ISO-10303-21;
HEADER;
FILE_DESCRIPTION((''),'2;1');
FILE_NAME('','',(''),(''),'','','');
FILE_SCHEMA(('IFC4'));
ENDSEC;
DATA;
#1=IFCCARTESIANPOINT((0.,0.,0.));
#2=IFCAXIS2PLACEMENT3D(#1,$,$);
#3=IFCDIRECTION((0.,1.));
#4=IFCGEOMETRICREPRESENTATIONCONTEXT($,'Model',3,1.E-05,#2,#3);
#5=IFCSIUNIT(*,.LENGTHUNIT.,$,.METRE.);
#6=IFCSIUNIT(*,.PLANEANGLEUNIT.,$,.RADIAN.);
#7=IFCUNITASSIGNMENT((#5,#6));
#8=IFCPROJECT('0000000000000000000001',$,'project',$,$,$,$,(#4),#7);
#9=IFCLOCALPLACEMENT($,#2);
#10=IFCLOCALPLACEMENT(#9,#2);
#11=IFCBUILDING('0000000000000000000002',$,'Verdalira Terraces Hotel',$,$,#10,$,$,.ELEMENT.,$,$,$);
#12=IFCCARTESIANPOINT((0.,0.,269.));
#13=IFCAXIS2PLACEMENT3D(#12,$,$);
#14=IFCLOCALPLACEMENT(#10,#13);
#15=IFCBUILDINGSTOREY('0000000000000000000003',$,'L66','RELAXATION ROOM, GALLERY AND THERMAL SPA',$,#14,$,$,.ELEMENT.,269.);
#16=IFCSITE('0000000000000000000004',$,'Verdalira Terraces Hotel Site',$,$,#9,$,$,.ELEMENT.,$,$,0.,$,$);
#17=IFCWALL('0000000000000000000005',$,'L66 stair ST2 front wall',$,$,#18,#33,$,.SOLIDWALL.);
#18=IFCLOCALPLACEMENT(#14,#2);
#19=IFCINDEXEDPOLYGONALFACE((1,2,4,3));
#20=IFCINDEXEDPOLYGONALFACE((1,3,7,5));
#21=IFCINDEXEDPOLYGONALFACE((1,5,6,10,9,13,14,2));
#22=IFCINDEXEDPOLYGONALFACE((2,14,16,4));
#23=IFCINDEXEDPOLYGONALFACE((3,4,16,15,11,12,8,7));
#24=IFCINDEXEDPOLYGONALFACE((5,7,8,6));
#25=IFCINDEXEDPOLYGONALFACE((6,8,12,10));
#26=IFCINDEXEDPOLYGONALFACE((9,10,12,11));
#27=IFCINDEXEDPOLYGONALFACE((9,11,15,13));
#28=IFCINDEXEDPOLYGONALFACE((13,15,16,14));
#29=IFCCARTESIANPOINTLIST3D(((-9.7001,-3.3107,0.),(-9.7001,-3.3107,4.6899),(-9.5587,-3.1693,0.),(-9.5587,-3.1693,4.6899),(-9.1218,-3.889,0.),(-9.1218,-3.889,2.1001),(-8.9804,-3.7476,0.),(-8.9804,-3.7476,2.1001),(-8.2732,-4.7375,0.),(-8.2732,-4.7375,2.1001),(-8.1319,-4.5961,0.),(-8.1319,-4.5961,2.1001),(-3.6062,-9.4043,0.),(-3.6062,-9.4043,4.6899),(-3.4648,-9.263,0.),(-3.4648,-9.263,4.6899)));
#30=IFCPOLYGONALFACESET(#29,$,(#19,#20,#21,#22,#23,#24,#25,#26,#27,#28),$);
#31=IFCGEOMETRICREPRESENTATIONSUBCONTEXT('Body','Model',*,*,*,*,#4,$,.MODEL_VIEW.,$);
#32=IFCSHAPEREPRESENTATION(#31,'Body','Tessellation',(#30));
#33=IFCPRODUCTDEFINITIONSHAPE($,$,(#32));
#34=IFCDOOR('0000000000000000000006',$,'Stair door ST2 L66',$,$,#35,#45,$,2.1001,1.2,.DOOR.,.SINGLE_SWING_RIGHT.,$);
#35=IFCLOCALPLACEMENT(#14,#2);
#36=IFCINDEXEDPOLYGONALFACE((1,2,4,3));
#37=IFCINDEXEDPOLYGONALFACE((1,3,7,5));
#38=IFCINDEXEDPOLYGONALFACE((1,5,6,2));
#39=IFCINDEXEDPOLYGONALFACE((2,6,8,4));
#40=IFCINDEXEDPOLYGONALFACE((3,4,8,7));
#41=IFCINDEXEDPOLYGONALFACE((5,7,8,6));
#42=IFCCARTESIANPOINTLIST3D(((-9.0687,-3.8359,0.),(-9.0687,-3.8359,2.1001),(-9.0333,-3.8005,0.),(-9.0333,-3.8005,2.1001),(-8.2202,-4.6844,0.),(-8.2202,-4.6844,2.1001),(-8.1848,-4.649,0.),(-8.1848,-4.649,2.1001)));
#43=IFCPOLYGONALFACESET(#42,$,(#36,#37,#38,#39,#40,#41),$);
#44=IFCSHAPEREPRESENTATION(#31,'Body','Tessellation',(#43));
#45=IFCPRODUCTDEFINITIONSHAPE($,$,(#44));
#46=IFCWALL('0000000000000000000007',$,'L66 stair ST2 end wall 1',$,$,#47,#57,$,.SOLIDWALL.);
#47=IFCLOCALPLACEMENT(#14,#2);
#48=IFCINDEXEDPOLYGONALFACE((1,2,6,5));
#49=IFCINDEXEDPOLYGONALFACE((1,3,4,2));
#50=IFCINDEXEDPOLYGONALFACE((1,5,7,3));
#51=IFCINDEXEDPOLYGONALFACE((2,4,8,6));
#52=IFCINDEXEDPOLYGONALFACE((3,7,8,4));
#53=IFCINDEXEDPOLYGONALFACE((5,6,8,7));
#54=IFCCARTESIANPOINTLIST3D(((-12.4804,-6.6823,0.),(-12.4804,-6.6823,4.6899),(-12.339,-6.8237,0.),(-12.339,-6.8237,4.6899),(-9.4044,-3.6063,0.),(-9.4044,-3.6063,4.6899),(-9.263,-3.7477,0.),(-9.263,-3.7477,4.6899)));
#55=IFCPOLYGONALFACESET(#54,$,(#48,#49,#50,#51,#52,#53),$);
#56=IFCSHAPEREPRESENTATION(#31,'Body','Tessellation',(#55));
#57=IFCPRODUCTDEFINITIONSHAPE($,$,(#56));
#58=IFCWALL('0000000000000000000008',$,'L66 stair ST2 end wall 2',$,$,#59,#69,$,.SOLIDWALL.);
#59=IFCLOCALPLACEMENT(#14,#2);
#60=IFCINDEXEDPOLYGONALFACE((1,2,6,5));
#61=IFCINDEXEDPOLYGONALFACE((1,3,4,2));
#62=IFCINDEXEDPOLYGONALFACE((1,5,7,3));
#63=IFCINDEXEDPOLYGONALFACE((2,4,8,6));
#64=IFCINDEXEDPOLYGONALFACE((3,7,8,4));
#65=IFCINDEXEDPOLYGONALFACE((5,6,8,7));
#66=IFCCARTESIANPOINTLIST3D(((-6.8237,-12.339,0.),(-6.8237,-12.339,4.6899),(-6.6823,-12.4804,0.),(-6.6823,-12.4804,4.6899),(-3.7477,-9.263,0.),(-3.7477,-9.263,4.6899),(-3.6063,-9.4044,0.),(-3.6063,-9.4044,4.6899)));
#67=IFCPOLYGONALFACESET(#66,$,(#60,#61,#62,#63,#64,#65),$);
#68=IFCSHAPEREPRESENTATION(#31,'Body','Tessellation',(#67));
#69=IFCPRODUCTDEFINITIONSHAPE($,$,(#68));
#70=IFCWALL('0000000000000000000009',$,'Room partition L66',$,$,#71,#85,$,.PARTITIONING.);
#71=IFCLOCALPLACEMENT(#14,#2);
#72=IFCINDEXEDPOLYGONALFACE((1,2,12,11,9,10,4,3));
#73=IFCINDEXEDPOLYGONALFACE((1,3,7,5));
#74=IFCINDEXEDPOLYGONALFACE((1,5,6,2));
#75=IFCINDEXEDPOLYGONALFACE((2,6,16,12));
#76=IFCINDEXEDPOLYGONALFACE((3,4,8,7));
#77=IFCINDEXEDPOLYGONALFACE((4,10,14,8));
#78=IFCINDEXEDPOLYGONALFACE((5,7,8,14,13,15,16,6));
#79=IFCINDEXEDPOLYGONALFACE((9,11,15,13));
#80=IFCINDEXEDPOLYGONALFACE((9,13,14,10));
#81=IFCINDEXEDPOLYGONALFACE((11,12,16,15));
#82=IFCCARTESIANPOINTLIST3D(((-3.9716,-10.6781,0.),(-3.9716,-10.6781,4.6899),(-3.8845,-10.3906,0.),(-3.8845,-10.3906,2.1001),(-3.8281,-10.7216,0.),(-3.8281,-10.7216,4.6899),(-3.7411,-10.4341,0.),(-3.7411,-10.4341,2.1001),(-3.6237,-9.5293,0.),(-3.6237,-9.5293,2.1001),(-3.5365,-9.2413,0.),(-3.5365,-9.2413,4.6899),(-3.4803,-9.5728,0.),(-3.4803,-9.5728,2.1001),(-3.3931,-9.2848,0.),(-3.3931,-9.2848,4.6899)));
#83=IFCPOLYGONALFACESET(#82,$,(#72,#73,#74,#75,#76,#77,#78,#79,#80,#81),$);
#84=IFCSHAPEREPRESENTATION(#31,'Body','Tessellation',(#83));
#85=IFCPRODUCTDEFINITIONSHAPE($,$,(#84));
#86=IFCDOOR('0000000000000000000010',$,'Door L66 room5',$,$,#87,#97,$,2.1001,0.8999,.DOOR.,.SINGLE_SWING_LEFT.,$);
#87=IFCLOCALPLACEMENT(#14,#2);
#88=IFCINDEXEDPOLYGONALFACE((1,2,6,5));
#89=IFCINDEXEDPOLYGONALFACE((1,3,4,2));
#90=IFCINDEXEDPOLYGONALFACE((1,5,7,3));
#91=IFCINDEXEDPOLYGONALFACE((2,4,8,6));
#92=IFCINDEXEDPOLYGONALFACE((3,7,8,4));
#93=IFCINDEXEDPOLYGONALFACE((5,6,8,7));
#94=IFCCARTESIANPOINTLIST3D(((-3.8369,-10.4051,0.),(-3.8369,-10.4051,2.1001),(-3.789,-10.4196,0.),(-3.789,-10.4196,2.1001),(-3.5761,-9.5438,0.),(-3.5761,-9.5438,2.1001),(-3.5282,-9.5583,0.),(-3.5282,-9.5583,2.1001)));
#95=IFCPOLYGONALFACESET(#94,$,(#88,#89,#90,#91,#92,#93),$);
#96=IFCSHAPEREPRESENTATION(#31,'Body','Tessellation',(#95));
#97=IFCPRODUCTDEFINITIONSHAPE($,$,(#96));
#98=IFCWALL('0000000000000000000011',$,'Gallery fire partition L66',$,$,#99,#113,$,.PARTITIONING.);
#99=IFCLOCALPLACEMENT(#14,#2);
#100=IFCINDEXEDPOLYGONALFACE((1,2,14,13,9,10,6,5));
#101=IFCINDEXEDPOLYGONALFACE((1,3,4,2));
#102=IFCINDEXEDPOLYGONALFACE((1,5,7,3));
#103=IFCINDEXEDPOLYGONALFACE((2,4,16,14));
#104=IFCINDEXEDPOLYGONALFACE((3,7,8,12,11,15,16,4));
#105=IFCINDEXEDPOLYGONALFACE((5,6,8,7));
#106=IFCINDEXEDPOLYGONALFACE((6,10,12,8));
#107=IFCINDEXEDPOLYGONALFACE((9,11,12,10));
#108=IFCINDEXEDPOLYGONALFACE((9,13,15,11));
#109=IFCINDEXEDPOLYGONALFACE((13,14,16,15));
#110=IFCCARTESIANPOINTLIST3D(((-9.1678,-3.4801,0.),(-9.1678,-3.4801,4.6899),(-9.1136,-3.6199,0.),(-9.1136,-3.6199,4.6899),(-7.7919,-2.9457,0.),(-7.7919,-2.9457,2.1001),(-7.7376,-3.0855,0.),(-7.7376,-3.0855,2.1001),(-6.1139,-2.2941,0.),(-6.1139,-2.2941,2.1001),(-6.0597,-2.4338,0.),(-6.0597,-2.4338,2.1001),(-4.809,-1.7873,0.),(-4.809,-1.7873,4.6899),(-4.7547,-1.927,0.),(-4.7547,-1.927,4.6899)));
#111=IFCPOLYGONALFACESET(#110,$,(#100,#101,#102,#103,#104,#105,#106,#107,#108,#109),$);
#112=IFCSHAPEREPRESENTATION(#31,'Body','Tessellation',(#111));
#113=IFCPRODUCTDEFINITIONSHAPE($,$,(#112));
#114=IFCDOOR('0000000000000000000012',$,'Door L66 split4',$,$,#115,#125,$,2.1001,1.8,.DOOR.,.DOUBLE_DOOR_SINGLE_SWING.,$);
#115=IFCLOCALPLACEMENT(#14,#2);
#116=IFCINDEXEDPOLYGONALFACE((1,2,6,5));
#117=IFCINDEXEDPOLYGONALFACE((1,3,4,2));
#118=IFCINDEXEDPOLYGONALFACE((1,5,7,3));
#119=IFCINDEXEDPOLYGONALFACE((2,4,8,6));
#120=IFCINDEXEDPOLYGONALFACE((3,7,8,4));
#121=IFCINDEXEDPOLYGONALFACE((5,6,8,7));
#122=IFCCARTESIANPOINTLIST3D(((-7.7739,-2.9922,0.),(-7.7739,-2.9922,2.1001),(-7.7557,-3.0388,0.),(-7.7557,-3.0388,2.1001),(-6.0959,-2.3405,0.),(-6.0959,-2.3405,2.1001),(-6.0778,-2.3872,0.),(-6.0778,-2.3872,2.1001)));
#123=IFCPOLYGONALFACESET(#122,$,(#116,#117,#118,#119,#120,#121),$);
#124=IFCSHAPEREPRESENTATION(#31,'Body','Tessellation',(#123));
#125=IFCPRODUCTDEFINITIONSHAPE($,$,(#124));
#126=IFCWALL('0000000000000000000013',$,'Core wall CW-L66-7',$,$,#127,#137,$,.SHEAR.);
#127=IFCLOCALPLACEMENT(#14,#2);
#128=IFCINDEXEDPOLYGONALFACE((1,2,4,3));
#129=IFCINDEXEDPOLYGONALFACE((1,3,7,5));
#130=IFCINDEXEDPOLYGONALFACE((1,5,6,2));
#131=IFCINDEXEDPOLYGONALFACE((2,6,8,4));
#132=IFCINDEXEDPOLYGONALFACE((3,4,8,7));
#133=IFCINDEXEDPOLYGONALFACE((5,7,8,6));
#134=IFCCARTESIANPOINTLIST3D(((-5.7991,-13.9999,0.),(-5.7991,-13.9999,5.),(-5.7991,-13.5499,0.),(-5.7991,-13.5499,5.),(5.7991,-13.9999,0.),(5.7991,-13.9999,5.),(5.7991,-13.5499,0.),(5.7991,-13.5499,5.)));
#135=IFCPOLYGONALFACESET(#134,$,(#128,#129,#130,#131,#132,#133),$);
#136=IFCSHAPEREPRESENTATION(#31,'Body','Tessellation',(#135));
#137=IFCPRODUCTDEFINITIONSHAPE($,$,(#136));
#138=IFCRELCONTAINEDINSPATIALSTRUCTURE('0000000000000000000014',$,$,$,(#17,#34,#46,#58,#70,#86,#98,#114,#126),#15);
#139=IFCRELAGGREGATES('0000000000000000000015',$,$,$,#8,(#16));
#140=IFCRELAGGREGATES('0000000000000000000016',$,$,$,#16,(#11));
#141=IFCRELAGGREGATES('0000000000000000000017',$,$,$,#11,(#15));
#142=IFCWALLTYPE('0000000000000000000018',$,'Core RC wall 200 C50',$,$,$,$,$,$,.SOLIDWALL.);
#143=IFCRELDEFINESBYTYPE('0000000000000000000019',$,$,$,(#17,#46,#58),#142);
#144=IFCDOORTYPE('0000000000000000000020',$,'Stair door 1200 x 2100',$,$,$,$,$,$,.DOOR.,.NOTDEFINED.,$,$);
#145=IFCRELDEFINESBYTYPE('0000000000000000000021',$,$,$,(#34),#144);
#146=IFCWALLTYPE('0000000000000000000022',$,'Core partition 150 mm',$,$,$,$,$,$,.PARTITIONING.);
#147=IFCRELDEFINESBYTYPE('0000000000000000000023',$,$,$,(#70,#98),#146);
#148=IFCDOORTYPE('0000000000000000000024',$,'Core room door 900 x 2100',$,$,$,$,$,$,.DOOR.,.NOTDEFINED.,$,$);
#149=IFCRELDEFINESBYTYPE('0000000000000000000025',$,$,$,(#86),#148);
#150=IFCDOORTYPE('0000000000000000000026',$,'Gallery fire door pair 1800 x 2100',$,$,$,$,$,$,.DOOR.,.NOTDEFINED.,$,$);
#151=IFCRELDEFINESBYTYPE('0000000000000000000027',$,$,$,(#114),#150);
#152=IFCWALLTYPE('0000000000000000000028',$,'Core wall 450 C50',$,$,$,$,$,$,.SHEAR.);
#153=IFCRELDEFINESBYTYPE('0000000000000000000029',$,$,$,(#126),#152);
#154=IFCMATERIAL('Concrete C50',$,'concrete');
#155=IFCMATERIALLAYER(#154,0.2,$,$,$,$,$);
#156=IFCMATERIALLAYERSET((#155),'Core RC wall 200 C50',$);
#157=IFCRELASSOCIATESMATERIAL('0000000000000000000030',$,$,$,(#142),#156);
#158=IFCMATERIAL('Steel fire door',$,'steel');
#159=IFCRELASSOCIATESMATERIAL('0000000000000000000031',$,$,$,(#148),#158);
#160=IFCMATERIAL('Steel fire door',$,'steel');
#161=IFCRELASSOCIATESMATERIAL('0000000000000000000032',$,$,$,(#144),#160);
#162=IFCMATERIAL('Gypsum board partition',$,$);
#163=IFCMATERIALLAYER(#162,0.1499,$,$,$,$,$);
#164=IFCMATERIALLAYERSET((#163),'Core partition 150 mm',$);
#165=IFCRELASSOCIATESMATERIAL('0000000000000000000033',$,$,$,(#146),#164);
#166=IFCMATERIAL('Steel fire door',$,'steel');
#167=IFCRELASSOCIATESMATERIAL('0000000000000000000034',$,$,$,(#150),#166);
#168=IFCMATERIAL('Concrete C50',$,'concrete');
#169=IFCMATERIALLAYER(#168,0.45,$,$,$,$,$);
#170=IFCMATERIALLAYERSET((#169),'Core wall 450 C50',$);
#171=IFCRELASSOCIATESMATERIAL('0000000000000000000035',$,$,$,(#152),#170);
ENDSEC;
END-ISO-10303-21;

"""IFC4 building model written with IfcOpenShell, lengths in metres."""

from ifc_helpers import new_model, si_unit, direction, frame, frame_2d, origin, place, context, subcontext, project, spatial, rectangle, extrude, material, layer, layer_set, type_object, element, fill, save


model = new_model("IFC4")

# Units and contexts
model_context = context("Model", 3, precision=1e-05, world=origin(), true_north=direction((0.0, 1.0)))
body_context = subcontext(model_context, "Body", "Model", "MODEL_VIEW")
ifc_project = project(units=[si_unit("LENGTHUNIT", "METRE"), si_unit("PLANEANGLEUNIT", "RADIAN")], contexts=[model_context])

# Site, building, storey
site_placement = place(None, origin())
site = spatial("IfcSite", under=ifc_project, at=site_placement, Name="Verdalira Terraces Hotel Site", CompositionType="ELEMENT", RefElevation=0.0)
building_placement = place(site_placement, origin())
building = spatial("IfcBuilding", under=site, at=building_placement, Name="Verdalira Terraces Hotel", CompositionType="ELEMENT")
storey_placement = place(building_placement, frame((0.0, 0.0, 269.0)))
storey = spatial("IfcBuildingStorey", under=building, at=storey_placement, Name="L66", Description="RELAXATION ROOM, GALLERY AND THERMAL SPA", CompositionType="ELEMENT", Elevation=269.0)

# Shared definitions
ifc_material_1 = material(Name="Concrete C50", Category="concrete")
ifc_layer_1 = layer(ifc_material_1, 0.2)
ifc_layer_set_1 = layer_set([ifc_layer_1], Name="Core RC wall 200 C50")
wall_type_1 = type_object("IfcWallType", Name="Core RC wall 200 C50", PredefinedType="SOLIDWALL", material=ifc_layer_set_1)

# Shared definitions
ifc_material_2 = material(Name="Steel fire door", Category="steel")
door_type_1 = type_object("IfcDoorType", Name="Core room door 900 x 2100", OperationType="NOTDEFINED", PredefinedType="DOOR", material=ifc_material_2)

# Wall, opening, door
wall_1_placement = place(storey_placement, frame((-3.5354, -9.3337, 0.0), z_axis=(0.0, 0.0, 1.0), x_axis=(-0.707121, 0.707093, 0.0)))
wall_1 = element("IfcWall", 1, at=wall_1_placement, inside=storey, type_object=wall_type_1, Name="L66 stair ST2 front wall", PredefinedType="SOLIDWALL", context=body_context, shape_type="SweptSolid", body=[
    extrude(rectangle(XDim=8.6179, YDim=0.2, at=frame_2d((4.3091, 0.0))), origin(), (0.0, 0.0, 1.0), 4.6899),
])
opening_1_placement = place(wall_1_placement, frame((6.6001, 0.0, 0.0)))
opening_1 = element("IfcOpeningElement", 2, at=opening_1_placement, cuts=wall_1, PredefinedType="OPENING", context=body_context, shape_type="SweptSolid", body=[
    extrude(rectangle(XDim=1.2, YDim=2.1001, at=frame_2d((0.6001, 1.05))), frame((0.0, 0.1099, 0.0), z_axis=(0.0, -1.0, 0.0), x_axis=(1.0, 0.0, 0.0)), (0.0, 0.0, 1.0), 0.22),
])
ifc_material_3 = material(Name="Steel fire door", Category="steel")
door_type_2 = type_object("IfcDoorType", Name="Stair door 1200 x 2100", OperationType="NOTDEFINED", PredefinedType="DOOR", material=ifc_material_3)
door_1_placement = place(opening_1_placement, origin())
door_1 = element("IfcDoor", 3, at=door_1_placement, inside=storey, type_object=door_type_2, Name="Stair door ST2 L66", OperationType="SINGLE_SWING_RIGHT", OverallHeight=2.1001, OverallWidth=1.2, PredefinedType="DOOR", context=body_context, shape_type="SweptSolid", body=[
    extrude(rectangle(XDim=1.2, YDim=2.1001, at=frame_2d((0.6001, 1.05))), frame((0.0, 0.0249, 0.0), z_axis=(0.0, -1.0, 0.0), x_axis=(1.0, 0.0, 0.0)), (0.0, 0.0, 1.0), 0.05),
])
fill(opening_1, door_1)

# Walls
for number, where, z_axis, x_axis, name in (
    (4, (-9.3337, -3.677, 0.0), (0.0, 0.0, 1.0), (-0.707107, -0.707107, 0.0), "L66 stair ST2 end wall 1"),
    (5, (-3.677, -9.3337, 0.0), (0.0, 0.0, 1.0), (-0.707107, -0.707107, 0.0), "L66 stair ST2 end wall 2"),
):
    element("IfcWall", number, at=place(storey_placement, frame(where, z_axis=z_axis, x_axis=x_axis)), inside=storey, type_object=wall_type_1, Name=name, PredefinedType="SOLIDWALL", context=body_context, shape_type="SweptSolid", body=[
        extrude(rectangle(XDim=4.3501, YDim=0.2, at=frame_2d((2.175, 0.0))), origin(), (0.0, 0.0, 1.0), 4.6899),
    ])

# Walls, openings, doors
ifc_material_4 = material(Name="Gypsum board partition")
ifc_layer_2 = layer(ifc_material_4, 0.1499)
ifc_layer_set_2 = layer_set([ifc_layer_2], Name="Core partition 150 mm")
wall_type_2 = type_object("IfcWallType", Name="Core partition 150 mm", PredefinedType="PARTITIONING", material=ifc_layer_set_2)
wall_2_placement = place(storey_placement, frame((-3.4648, -9.2632, 0.0), z_axis=(0.0, 0.0, 1.0), x_axis=(-0.289809, -0.957085, 0.0)))
wall_2 = element("IfcWall", 6, at=wall_2_placement, inside=storey, type_object=wall_type_2, Name="Room partition L66", PredefinedType="PARTITIONING", context=body_context, shape_type="SweptSolid", body=[
    extrude(rectangle(XDim=1.5012, YDim=0.1499, at=frame_2d((0.7505, 0.0))), origin(), (0.0, 0.0, 1.0), 4.6899),
])
opening_2_placement = place(wall_2_placement, frame((0.3008, 0.0, 0.0)))
opening_2 = element("IfcOpeningElement", 7, at=opening_2_placement, cuts=wall_2, PredefinedType="OPENING", context=body_context, shape_type="SweptSolid", body=[
    extrude(rectangle(XDim=0.8999, YDim=2.1001, at=frame_2d((0.45, 1.05))), frame((0.0, 0.085, 0.0), z_axis=(0.0, -1.0, 0.0), x_axis=(1.0, 0.0, 0.0)), (0.0, 0.0, 1.0), 0.1699),
])
door_2_placement = place(opening_2_placement, origin())
door_2 = element("IfcDoor", 8, at=door_2_placement, inside=storey, type_object=door_type_1, Name="Door L66 room5", OperationType="SINGLE_SWING_LEFT", OverallHeight=2.1001, OverallWidth=0.8999, PredefinedType="DOOR", context=body_context, shape_type="SweptSolid", body=[
    extrude(rectangle(XDim=0.8999, YDim=2.1001, at=frame_2d((0.45, 1.05))), frame((0.0, 0.0249, 0.0), z_axis=(0.0, -1.0, 0.0), x_axis=(1.0, 0.0, 0.0)), (0.0, 0.0, 1.0), 0.05),
])
fill(opening_2, door_2)
wall_3_placement = place(storey_placement, frame((-4.782, -1.8572, 0.0), z_axis=(0.0, 0.0, 1.0), x_axis=(-0.932167, -0.362028, 0.0)))
wall_3 = element("IfcWall", 9, at=wall_3_placement, inside=storey, type_object=wall_type_2, Name="Gallery fire partition L66", PredefinedType="PARTITIONING", context=body_context, shape_type="SweptSolid", body=[
    extrude(rectangle(XDim=4.676, YDim=0.1499, at=frame_2d((2.3379, 0.0))), origin(), (0.0, 0.0, 1.0), 4.6899),
])
opening_3_placement = place(wall_3_placement, frame((1.3999, 0.0, 0.0)))
opening_3 = element("IfcOpeningElement", 10, at=opening_3_placement, cuts=wall_3, PredefinedType="OPENING", context=body_context, shape_type="SweptSolid", body=[
    extrude(rectangle(XDim=1.8, YDim=2.1001, at=frame_2d((0.8999, 1.05))), frame((0.0, 0.085, 0.0), z_axis=(0.0, -1.0, 0.0), x_axis=(1.0, 0.0, 0.0)), (0.0, 0.0, 1.0), 0.1699),
])
ifc_material_5 = material(Name="Steel fire door", Category="steel")
door_type_3 = type_object("IfcDoorType", Name="Gallery fire door pair 1800 x 2100", OperationType="NOTDEFINED", PredefinedType="DOOR", material=ifc_material_5)
door_3_placement = place(opening_3_placement, origin())
door_3 = element("IfcDoor", 11, at=door_3_placement, inside=storey, type_object=door_type_3, Name="Door L66 split4", OperationType="DOUBLE_DOOR_SINGLE_SWING", OverallHeight=2.1001, OverallWidth=1.8, PredefinedType="DOOR", context=body_context, shape_type="SweptSolid", body=[
    extrude(rectangle(XDim=1.8, YDim=2.1001, at=frame_2d((0.8999, 1.05))), frame((0.0, 0.0249, 0.0), z_axis=(0.0, -1.0, 0.0), x_axis=(1.0, 0.0, 0.0)), (0.0, 0.0, 1.0), 0.05),
])
fill(opening_3, door_3)

# Wall
ifc_material_6 = material(Name="Concrete C50", Category="concrete")
ifc_layer_3 = layer(ifc_material_6, 0.45)
ifc_layer_set_3 = layer_set([ifc_layer_3], Name="Core wall 450 C50")
wall_type_3 = type_object("IfcWallType", Name="Core wall 450 C50", PredefinedType="SHEAR", material=ifc_layer_set_3)
wall_4_placement = place(storey_placement, frame((-5.7991, -13.7749, 0.0), z_axis=(0.0, 0.0, 1.0), x_axis=(1.0, 0.0, 0.0)))
element("IfcWall", 12, at=wall_4_placement, inside=storey, type_object=wall_type_3, Name="Core wall CW-L66-7", PredefinedType="SHEAR", context=body_context, shape_type="SweptSolid", body=[
    extrude(rectangle(XDim=11.5981, YDim=0.45, at=frame_2d((5.7991, 0.0))), origin(), (0.0, 0.0, 1.0), 5.0),
])

save(model, "model.ifc")
